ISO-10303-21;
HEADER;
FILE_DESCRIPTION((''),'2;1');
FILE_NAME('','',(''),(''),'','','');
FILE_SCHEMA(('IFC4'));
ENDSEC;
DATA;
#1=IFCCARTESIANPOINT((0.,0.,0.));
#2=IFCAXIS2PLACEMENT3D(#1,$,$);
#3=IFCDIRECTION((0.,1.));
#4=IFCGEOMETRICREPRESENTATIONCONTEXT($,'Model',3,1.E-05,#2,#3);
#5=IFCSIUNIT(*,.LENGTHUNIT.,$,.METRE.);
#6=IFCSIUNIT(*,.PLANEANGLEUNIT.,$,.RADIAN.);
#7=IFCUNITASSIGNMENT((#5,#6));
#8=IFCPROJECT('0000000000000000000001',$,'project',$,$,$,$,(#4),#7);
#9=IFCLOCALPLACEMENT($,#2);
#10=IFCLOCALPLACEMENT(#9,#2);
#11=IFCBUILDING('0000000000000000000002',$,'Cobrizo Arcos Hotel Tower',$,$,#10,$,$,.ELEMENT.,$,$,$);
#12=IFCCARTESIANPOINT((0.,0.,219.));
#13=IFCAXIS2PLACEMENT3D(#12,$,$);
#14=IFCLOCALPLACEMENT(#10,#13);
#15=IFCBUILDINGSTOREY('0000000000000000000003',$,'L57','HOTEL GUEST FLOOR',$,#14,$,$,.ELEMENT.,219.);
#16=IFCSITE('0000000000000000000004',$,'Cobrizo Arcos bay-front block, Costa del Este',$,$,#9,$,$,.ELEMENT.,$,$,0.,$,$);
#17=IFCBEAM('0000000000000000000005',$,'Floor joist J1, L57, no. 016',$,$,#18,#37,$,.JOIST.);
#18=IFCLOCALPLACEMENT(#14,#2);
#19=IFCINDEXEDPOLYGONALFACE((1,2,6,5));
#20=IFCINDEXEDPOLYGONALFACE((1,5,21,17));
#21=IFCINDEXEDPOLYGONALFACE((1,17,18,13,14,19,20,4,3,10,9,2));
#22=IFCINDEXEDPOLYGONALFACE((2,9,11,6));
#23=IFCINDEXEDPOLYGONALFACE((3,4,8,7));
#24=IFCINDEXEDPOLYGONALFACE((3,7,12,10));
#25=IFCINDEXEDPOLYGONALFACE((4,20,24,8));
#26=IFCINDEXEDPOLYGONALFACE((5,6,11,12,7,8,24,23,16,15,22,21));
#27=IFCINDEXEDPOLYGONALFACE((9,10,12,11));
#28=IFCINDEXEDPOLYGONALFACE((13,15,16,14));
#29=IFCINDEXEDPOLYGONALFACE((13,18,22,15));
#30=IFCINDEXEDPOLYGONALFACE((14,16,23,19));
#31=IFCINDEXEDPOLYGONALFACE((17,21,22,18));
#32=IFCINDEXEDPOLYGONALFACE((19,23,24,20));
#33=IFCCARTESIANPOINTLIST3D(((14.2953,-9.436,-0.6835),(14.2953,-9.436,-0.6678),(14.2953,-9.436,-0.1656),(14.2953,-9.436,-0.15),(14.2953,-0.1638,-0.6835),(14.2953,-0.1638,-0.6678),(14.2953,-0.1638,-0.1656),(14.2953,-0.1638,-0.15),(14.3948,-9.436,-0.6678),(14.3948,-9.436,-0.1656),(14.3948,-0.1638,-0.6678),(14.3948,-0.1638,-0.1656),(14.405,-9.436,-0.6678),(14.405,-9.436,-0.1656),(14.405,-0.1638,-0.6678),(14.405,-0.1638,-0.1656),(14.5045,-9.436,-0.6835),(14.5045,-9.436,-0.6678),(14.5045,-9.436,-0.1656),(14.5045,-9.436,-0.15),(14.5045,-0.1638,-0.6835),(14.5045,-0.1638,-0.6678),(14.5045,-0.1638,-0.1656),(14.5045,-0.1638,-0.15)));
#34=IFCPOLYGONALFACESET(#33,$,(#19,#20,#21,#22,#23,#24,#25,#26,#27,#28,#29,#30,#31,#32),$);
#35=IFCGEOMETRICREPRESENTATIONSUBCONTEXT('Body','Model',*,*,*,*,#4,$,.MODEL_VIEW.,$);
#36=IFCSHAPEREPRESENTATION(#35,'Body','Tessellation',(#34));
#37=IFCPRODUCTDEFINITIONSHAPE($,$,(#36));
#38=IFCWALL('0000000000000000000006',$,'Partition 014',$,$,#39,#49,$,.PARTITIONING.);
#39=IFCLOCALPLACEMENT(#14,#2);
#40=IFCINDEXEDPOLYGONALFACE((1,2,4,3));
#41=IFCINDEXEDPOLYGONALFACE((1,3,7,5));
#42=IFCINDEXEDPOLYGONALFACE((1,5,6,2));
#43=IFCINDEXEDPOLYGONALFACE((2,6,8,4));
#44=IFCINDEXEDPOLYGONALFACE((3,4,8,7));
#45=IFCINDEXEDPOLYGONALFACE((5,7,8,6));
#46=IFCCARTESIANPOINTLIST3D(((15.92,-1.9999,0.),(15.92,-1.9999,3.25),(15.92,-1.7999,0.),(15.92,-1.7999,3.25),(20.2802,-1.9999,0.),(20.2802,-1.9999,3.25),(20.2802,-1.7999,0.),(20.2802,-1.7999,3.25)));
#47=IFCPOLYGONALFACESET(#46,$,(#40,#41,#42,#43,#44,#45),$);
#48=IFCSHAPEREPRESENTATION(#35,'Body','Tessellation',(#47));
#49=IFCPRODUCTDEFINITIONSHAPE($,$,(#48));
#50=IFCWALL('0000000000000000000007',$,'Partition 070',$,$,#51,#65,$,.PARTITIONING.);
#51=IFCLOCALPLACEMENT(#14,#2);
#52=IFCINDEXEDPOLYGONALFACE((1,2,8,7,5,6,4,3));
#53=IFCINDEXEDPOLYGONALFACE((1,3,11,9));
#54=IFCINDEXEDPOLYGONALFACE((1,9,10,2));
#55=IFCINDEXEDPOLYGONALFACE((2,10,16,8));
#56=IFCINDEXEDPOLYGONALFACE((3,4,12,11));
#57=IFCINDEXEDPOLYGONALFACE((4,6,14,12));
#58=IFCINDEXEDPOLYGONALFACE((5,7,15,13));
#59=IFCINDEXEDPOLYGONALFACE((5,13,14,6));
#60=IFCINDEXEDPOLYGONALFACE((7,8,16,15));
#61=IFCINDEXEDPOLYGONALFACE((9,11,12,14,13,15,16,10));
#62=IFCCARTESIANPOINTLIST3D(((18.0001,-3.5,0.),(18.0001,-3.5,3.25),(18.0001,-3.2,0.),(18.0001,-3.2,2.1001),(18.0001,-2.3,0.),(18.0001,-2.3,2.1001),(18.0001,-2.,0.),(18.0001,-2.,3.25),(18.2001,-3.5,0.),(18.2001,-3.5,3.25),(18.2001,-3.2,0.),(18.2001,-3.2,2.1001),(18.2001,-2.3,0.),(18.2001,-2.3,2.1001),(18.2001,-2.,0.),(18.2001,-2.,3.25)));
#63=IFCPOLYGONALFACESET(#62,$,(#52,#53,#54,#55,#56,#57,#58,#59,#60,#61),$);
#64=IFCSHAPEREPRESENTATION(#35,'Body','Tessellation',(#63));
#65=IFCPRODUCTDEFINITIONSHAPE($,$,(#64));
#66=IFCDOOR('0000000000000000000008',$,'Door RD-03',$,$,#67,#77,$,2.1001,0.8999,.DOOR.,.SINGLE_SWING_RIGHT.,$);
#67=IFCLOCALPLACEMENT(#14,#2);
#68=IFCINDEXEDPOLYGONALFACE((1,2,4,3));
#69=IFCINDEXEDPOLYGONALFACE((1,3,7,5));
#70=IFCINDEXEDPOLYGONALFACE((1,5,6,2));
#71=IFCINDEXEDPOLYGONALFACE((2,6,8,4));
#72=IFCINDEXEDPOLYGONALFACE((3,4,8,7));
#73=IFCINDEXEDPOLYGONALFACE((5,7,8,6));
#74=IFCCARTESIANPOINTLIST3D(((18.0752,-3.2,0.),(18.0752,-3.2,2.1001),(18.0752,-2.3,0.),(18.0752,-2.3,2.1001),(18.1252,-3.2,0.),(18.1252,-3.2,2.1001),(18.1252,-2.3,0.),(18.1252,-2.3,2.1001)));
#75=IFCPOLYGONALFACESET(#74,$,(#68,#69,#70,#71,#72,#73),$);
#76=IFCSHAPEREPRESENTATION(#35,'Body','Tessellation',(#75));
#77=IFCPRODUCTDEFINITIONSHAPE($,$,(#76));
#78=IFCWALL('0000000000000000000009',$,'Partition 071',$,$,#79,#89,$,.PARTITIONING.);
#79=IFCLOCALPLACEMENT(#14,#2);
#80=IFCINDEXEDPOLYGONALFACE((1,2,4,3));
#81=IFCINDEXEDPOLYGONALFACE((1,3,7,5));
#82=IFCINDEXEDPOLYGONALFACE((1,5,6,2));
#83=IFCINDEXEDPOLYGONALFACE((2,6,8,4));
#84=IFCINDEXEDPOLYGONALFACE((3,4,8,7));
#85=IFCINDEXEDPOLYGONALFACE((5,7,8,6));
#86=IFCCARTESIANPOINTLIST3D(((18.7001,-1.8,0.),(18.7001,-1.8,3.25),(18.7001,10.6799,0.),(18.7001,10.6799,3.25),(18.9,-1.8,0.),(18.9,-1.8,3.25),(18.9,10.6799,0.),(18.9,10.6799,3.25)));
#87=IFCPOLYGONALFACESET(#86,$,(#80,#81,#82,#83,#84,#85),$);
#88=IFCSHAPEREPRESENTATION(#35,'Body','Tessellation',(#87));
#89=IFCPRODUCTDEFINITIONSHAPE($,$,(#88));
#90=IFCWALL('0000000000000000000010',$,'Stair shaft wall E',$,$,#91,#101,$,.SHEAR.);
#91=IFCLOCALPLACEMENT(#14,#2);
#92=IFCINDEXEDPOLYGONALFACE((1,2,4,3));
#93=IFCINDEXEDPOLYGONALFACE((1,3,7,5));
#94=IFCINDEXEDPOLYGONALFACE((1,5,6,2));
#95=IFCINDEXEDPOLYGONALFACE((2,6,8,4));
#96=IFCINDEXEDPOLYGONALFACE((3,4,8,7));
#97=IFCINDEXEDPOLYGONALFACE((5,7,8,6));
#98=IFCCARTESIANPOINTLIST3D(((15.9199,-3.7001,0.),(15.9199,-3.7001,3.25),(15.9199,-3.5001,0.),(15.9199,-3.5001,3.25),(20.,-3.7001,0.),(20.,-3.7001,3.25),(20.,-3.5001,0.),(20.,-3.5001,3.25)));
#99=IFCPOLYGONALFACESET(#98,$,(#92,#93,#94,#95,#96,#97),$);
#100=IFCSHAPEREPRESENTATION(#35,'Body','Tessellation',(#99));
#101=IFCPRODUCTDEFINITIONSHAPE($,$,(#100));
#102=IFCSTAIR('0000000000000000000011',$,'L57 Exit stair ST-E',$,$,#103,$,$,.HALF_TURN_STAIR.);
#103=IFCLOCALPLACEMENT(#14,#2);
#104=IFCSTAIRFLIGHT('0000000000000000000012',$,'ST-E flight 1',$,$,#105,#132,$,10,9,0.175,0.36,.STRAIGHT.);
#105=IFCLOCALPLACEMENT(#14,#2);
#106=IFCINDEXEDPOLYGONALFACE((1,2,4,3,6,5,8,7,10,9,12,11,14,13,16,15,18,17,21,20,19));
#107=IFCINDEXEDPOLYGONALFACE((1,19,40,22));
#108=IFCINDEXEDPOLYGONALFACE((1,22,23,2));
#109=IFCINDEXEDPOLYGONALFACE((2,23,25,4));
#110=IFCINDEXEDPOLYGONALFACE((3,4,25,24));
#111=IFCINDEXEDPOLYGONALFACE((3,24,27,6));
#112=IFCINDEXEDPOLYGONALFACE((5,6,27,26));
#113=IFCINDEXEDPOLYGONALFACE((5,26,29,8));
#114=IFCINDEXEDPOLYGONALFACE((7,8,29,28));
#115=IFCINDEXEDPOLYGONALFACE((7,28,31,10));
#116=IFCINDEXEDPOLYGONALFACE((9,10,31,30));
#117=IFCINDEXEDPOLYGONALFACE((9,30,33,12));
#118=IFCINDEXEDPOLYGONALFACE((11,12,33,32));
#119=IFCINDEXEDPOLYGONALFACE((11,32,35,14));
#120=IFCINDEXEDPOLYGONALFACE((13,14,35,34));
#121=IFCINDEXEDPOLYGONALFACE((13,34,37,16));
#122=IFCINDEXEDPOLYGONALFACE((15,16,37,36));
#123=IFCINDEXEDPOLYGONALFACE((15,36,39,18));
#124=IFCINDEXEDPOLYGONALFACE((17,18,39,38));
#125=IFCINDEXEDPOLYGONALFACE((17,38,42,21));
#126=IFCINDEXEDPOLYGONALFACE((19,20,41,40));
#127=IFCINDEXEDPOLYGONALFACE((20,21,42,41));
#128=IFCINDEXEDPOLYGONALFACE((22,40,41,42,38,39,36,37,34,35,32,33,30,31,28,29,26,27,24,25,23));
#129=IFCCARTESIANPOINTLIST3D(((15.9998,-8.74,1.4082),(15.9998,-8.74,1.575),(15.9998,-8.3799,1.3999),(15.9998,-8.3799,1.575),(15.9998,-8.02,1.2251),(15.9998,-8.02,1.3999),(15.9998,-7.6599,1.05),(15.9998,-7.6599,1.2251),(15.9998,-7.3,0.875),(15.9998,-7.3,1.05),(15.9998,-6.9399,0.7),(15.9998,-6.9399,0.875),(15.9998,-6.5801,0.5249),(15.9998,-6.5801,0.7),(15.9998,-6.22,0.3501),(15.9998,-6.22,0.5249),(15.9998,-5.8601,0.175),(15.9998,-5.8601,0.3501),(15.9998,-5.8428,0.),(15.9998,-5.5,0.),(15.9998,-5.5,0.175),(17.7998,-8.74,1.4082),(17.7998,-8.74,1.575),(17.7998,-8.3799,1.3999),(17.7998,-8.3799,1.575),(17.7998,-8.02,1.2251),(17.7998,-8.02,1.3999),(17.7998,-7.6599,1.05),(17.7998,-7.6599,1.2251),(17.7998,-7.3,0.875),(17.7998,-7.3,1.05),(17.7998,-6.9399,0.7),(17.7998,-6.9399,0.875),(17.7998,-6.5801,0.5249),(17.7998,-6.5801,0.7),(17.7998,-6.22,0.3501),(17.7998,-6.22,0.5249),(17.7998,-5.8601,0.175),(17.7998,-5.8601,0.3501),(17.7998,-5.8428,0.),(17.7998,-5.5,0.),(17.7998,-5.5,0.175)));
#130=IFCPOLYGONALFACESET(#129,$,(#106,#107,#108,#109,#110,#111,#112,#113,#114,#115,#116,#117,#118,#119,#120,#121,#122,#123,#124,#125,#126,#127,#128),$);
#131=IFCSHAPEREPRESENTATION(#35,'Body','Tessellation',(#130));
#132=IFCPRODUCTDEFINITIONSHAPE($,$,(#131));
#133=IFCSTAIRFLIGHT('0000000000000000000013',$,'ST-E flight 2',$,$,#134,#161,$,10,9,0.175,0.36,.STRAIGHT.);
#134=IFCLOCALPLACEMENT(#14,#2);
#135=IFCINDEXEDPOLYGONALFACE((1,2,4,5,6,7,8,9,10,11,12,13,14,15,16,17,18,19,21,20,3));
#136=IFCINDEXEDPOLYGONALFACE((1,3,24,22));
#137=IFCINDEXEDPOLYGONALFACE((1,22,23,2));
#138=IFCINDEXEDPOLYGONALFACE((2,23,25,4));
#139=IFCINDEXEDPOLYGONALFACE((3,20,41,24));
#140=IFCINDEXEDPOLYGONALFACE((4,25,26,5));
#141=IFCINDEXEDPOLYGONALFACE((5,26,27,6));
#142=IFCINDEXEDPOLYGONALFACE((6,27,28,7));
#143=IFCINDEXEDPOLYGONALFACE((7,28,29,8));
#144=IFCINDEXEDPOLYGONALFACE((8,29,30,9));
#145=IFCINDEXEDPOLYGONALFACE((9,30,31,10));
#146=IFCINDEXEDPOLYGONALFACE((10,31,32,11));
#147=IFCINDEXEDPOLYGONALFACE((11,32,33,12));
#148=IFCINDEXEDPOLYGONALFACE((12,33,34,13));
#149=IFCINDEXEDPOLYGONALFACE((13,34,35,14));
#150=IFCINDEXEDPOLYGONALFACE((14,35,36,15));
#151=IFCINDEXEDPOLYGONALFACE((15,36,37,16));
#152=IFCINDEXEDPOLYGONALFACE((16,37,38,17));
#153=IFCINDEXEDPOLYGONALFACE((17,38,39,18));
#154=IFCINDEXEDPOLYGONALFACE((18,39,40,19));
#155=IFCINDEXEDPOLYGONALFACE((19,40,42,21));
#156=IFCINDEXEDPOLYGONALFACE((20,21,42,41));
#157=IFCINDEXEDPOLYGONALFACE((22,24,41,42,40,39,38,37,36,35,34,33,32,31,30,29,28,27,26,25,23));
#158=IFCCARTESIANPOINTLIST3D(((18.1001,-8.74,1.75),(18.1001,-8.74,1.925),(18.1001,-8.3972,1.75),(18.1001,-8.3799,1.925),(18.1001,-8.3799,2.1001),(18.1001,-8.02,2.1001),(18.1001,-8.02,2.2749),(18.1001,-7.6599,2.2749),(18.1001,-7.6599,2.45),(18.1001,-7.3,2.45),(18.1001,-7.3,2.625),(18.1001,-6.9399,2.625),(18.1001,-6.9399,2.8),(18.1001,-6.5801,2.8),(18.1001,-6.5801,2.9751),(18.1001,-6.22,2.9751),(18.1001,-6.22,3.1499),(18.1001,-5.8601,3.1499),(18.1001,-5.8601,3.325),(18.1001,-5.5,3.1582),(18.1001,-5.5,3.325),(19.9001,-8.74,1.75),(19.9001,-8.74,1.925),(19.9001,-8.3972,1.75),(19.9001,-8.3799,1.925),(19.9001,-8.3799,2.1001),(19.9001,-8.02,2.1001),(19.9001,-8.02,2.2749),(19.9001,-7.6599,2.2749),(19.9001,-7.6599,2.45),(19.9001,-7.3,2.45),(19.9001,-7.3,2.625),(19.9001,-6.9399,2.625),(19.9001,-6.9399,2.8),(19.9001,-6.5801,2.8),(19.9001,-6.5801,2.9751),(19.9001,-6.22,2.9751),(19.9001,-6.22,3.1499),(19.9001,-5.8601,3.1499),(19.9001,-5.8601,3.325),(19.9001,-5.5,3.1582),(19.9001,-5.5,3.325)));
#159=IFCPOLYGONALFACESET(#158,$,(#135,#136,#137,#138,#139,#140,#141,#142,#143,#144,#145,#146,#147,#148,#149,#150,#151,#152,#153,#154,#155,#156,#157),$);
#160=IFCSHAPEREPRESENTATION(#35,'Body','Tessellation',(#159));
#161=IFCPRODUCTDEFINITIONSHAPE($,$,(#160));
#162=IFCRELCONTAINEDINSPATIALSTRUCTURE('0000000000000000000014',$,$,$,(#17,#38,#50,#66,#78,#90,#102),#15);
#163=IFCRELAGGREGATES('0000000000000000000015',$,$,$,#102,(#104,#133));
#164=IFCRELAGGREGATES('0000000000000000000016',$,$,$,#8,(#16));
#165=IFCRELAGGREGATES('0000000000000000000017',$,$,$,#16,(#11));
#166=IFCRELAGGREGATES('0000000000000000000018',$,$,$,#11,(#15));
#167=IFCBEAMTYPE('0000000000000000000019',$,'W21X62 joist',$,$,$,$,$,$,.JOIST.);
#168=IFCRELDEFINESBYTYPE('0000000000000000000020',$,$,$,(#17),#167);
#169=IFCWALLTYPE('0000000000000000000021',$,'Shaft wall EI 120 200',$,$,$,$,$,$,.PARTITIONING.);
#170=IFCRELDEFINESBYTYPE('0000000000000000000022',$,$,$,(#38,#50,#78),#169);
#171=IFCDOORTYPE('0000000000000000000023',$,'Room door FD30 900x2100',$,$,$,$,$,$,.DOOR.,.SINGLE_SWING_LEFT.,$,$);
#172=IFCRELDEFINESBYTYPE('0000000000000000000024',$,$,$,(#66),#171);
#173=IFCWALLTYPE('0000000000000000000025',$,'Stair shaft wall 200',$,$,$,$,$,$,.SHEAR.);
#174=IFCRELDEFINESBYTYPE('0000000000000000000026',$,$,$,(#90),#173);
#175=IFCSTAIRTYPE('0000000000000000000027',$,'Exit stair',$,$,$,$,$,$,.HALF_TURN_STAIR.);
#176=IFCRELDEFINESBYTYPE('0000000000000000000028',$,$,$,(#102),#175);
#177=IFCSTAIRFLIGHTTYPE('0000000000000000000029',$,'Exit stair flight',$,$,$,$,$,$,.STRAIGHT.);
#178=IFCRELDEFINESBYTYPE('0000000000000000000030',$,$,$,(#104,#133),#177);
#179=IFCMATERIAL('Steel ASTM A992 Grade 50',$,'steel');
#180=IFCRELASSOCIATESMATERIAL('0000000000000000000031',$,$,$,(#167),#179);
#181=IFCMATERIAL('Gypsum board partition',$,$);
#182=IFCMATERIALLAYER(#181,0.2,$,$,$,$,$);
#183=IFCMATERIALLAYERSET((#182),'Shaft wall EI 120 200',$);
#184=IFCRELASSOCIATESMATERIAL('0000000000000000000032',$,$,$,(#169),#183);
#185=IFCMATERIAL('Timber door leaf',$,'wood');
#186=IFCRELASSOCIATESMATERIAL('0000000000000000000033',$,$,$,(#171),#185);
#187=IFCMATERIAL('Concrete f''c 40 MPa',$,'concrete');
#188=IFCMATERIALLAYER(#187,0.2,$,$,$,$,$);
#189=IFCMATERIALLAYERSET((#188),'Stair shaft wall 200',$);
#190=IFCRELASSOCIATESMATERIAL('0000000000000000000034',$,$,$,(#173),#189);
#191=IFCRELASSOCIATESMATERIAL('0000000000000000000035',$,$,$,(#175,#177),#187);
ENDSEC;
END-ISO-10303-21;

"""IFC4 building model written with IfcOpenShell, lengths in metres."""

from ifc_helpers import new_model, si_unit, direction, frame, frame_2d, origin, origin_2d, place, context, subcontext, project, spatial, polyline, rectangle, i_section, outline, extrude, material, layer, layer_set, material_profile, profile_set, type_object, element, fill, aggregate, save


model = new_model("IFC4")

# Units and contexts
model_context = context("Model", 3, precision=1e-05, world=origin(), true_north=direction((0.0, 1.0)))
body_context = subcontext(model_context, "Body", "Model", "MODEL_VIEW")
ifc_project = project(units=[si_unit("LENGTHUNIT", "METRE"), si_unit("PLANEANGLEUNIT", "RADIAN")], contexts=[model_context])

# Site, building, storey
site_placement = place(None, origin())
site = spatial("IfcSite", under=ifc_project, at=site_placement, Name="Cobrizo Arcos bay-front block, Costa del Este", CompositionType="ELEMENT", RefElevation=0.0)
building_placement = place(site_placement, origin())
building = spatial("IfcBuilding", under=site, at=building_placement, Name="Cobrizo Arcos Hotel Tower", CompositionType="ELEMENT")
storey_placement = place(building_placement, frame((0.0, 0.0, 219.0)))
storey = spatial("IfcBuildingStorey", under=building, at=storey_placement, Name="L57", Description="HOTEL GUEST FLOOR", CompositionType="ELEMENT", Elevation=219.0)

# Beam
ifc_material_1 = material(Name="Steel ASTM A992 Grade 50", Category="steel")
ifc_material_profile = material_profile(ifc_material_1, i_section(OverallWidth=0.2092, OverallDepth=0.5334, WebThickness=0.0103, FlangeThickness=0.0156, at=origin_2d()), Name="W21X62")
ifc_profile_set = profile_set([ifc_material_profile], Name="Steel ASTM A992 Grade 50")
beam_type = type_object("IfcBeamType", Name="W21X62 joist", PredefinedType="JOIST", material=ifc_profile_set)
beam_placement = place(storey_placement, frame((14.3999, -9.436, -0.4167), z_axis=(0.0, 1.0, 0.0), x_axis=(-1.0, 0.0, 0.0)))
element("IfcBeam", 1, at=beam_placement, inside=storey, type_object=beam_type, Name="Floor joist J1, L57, no. 016", PredefinedType="JOIST", context=body_context, shape_type="SweptSolid", body=[
    extrude(i_section(OverallWidth=0.2092, OverallDepth=0.5334, WebThickness=0.0103, FlangeThickness=0.0156, at=origin_2d()), origin(), (0.0, 0.0, 1.0), 9.2722),
])

# Wall
ifc_material_2 = material(Name="Gypsum board partition")
ifc_layer_1 = layer(ifc_material_2, 0.2)
ifc_layer_set_1 = layer_set([ifc_layer_1], Name="Shaft wall EI 120 200")
wall_type_1 = type_object("IfcWallType", Name="Shaft wall EI 120 200", PredefinedType="PARTITIONING", material=ifc_layer_set_1)
wall_1_placement = place(storey_placement, frame((15.9199, -1.8999, 0.0), z_axis=(0.0, 0.0, 1.0), x_axis=(1.0, 0.0, 0.0)))
element("IfcWall", 2, at=wall_1_placement, inside=storey, type_object=wall_type_1, Name="Partition 014", PredefinedType="PARTITIONING", context=body_context, shape_type="SweptSolid", body=[
    extrude(rectangle(XDim=4.3601, YDim=0.2, at=frame_2d((2.1802, 0.0))), origin(), (0.0, 0.0, 1.0), 3.25),
])

# Wall, opening, door
wall_2_placement = place(storey_placement, frame((18.1001, -3.5, 0.0), z_axis=(0.0, 0.0, 1.0), x_axis=(0.0, 1.0, 0.0)))
wall_2 = element("IfcWall", 3, at=wall_2_placement, inside=storey, type_object=wall_type_1, Name="Partition 070", PredefinedType="PARTITIONING", context=body_context, shape_type="SweptSolid", body=[
    extrude(rectangle(XDim=1.5, YDim=0.2, at=frame_2d((0.75, 0.0))), origin(), (0.0, 0.0, 1.0), 3.25),
])
opening_placement = place(wall_2_placement, frame((0.3, 0.0, 0.0)))
opening = element("IfcOpeningElement", 4, at=opening_placement, cuts=wall_2, PredefinedType="OPENING", context=body_context, shape_type="SweptSolid", body=[
    extrude(rectangle(XDim=0.8999, YDim=2.1001, at=frame_2d((0.45, 1.05))), frame((0.0, 0.1121, 0.0), z_axis=(0.0, -1.0, 0.0), x_axis=(1.0, 0.0, 0.0)), (0.0, 0.0, 1.0), 0.2239),
])
ifc_material_3 = material(Name="Timber door leaf", Category="wood")
door_type = type_object("IfcDoorType", Name="Room door FD30 900x2100", OperationType="SINGLE_SWING_LEFT", PredefinedType="DOOR", material=ifc_material_3)
door_placement = place(opening_placement, origin())
door = element("IfcDoor", 5, at=door_placement, inside=storey, type_object=door_type, Name="Door RD-03", OperationType="SINGLE_SWING_RIGHT", OverallHeight=2.1001, OverallWidth=0.8999, PredefinedType="DOOR", context=body_context, shape_type="SweptSolid", body=[
    extrude(rectangle(XDim=0.8999, YDim=2.1001, at=frame_2d((0.45, 1.05))), frame((0.0, 0.0249, 0.0), z_axis=(0.0, -1.0, 0.0), x_axis=(1.0, 0.0, 0.0)), (0.0, 0.0, 1.0), 0.05),
])
fill(opening, door)

# Walls
wall_3_placement = place(storey_placement, frame((18.8, -1.8, 0.0), z_axis=(0.0, 0.0, 1.0), x_axis=(0.0, 1.0, 0.0)))
element("IfcWall", 6, at=wall_3_placement, inside=storey, type_object=wall_type_1, Name="Partition 071", PredefinedType="PARTITIONING", context=body_context, shape_type="SweptSolid", body=[
    extrude(rectangle(XDim=12.48, YDim=0.2, at=frame_2d((6.24, 0.0))), origin(), (0.0, 0.0, 1.0), 3.25),
])
ifc_material_4 = material(Name="Concrete f'c 40 MPa", Category="concrete")
ifc_layer_2 = layer(ifc_material_4, 0.2)
ifc_layer_set_2 = layer_set([ifc_layer_2], Name="Stair shaft wall 200")
wall_type_2 = type_object("IfcWallType", Name="Stair shaft wall 200", PredefinedType="SHEAR", material=ifc_layer_set_2)
wall_4_placement = place(storey_placement, frame((15.9199, -3.6001, 0.0), z_axis=(0.0, 0.0, 1.0), x_axis=(1.0, 0.0, 0.0)))
element("IfcWall", 7, at=wall_4_placement, inside=storey, type_object=wall_type_2, Name="Stair shaft wall E", PredefinedType="SHEAR", context=body_context, shape_type="SweptSolid", body=[
    extrude(rectangle(XDim=4.0801, YDim=0.2, at=frame_2d((2.04, 0.0))), origin(), (0.0, 0.0, 1.0), 3.25),
])

# Stair, stair flights
stair_type = type_object("IfcStairType", Name="Exit stair", PredefinedType="HALF_TURN_STAIR", material=ifc_material_4)
stair_placement = place(storey_placement, origin())
stair = element("IfcStair", 8, at=stair_placement, inside=storey, type_object=stair_type, Name="L57 Exit stair ST-E", PredefinedType="HALF_TURN_STAIR")
stair_flight_type = type_object("IfcStairFlightType", Name="Exit stair flight", PredefinedType="STRAIGHT", material=ifc_material_4)
stair_flight_1_placement = place(storey_placement, frame((16.8999, -5.5, 0.0), z_axis=(0.0, 0.0, 1.0), x_axis=(0.0, -1.0, 0.0)))
stair_flight_1 = element("IfcStairFlight", 9, at=stair_flight_1_placement, type_object=stair_flight_type, Name="ST-E flight 1", NumberOfRisers=10, NumberOfTreads=9, PredefinedType="STRAIGHT", RiserHeight=0.175, TreadLength=0.36, context=body_context, shape_type="SweptSolid", body=[
    extrude(outline(polyline([(0.0, 0.0), (0.0, 0.175), (0.3601, 0.175), (0.3601, 0.3501), (0.72, 0.3501), (0.72, 0.5249), (1.0801, 0.5249), (1.0801, 0.7), (1.4399, 0.7), (1.4399, 0.875), (1.8, 0.875), (1.8, 1.05), (2.1599, 1.05), (2.1599, 1.2251), (2.52, 1.2251), (2.52, 1.3999), (2.8799, 1.3999), (2.8799, 1.575), (3.24, 1.575), (3.24, 1.75), (3.24, 1.4082), (0.3428, 0.0), (0.0, 0.0)])), frame((0.0, 0.8999, 0.0), z_axis=(0.0, -1.0, 0.0), x_axis=(1.0, 0.0, 0.0)), (0.0, 0.0, 1.0), 1.8),
])
stair_flight_2_placement = place(storey_placement, frame((19.0, -8.74, 1.75), z_axis=(0.0, 0.0, 1.0), x_axis=(0.0, 1.0, 0.0)))
stair_flight_2 = element("IfcStairFlight", 10, at=stair_flight_2_placement, type_object=stair_flight_type, Name="ST-E flight 2", NumberOfRisers=10, NumberOfTreads=9, PredefinedType="STRAIGHT", RiserHeight=0.175, TreadLength=0.36, context=body_context, shape_type="SweptSolid", body=[
    extrude(outline(polyline([(0.0, 0.0), (0.0, 0.175), (0.3601, 0.175), (0.3601, 0.3501), (0.72, 0.3501), (0.72, 0.5249), (1.0801, 0.5249), (1.0801, 0.7), (1.4399, 0.7), (1.4399, 0.875), (1.8, 0.875), (1.8, 1.05), (2.1599, 1.05), (2.1599, 1.2251), (2.52, 1.2251), (2.52, 1.3999), (2.8799, 1.3999), (2.8799, 1.575), (3.24, 1.575), (3.24, 1.75), (3.24, 1.4082), (0.3428, 0.0), (0.0, 0.0)])), frame((0.0, 0.8999, 0.0), z_axis=(0.0, -1.0, 0.0), x_axis=(1.0, 0.0, 0.0)), (0.0, 0.0, 1.0), 1.8),
])
aggregate(stair, [stair_flight_1, stair_flight_2])

save(model, "model.ifc")
